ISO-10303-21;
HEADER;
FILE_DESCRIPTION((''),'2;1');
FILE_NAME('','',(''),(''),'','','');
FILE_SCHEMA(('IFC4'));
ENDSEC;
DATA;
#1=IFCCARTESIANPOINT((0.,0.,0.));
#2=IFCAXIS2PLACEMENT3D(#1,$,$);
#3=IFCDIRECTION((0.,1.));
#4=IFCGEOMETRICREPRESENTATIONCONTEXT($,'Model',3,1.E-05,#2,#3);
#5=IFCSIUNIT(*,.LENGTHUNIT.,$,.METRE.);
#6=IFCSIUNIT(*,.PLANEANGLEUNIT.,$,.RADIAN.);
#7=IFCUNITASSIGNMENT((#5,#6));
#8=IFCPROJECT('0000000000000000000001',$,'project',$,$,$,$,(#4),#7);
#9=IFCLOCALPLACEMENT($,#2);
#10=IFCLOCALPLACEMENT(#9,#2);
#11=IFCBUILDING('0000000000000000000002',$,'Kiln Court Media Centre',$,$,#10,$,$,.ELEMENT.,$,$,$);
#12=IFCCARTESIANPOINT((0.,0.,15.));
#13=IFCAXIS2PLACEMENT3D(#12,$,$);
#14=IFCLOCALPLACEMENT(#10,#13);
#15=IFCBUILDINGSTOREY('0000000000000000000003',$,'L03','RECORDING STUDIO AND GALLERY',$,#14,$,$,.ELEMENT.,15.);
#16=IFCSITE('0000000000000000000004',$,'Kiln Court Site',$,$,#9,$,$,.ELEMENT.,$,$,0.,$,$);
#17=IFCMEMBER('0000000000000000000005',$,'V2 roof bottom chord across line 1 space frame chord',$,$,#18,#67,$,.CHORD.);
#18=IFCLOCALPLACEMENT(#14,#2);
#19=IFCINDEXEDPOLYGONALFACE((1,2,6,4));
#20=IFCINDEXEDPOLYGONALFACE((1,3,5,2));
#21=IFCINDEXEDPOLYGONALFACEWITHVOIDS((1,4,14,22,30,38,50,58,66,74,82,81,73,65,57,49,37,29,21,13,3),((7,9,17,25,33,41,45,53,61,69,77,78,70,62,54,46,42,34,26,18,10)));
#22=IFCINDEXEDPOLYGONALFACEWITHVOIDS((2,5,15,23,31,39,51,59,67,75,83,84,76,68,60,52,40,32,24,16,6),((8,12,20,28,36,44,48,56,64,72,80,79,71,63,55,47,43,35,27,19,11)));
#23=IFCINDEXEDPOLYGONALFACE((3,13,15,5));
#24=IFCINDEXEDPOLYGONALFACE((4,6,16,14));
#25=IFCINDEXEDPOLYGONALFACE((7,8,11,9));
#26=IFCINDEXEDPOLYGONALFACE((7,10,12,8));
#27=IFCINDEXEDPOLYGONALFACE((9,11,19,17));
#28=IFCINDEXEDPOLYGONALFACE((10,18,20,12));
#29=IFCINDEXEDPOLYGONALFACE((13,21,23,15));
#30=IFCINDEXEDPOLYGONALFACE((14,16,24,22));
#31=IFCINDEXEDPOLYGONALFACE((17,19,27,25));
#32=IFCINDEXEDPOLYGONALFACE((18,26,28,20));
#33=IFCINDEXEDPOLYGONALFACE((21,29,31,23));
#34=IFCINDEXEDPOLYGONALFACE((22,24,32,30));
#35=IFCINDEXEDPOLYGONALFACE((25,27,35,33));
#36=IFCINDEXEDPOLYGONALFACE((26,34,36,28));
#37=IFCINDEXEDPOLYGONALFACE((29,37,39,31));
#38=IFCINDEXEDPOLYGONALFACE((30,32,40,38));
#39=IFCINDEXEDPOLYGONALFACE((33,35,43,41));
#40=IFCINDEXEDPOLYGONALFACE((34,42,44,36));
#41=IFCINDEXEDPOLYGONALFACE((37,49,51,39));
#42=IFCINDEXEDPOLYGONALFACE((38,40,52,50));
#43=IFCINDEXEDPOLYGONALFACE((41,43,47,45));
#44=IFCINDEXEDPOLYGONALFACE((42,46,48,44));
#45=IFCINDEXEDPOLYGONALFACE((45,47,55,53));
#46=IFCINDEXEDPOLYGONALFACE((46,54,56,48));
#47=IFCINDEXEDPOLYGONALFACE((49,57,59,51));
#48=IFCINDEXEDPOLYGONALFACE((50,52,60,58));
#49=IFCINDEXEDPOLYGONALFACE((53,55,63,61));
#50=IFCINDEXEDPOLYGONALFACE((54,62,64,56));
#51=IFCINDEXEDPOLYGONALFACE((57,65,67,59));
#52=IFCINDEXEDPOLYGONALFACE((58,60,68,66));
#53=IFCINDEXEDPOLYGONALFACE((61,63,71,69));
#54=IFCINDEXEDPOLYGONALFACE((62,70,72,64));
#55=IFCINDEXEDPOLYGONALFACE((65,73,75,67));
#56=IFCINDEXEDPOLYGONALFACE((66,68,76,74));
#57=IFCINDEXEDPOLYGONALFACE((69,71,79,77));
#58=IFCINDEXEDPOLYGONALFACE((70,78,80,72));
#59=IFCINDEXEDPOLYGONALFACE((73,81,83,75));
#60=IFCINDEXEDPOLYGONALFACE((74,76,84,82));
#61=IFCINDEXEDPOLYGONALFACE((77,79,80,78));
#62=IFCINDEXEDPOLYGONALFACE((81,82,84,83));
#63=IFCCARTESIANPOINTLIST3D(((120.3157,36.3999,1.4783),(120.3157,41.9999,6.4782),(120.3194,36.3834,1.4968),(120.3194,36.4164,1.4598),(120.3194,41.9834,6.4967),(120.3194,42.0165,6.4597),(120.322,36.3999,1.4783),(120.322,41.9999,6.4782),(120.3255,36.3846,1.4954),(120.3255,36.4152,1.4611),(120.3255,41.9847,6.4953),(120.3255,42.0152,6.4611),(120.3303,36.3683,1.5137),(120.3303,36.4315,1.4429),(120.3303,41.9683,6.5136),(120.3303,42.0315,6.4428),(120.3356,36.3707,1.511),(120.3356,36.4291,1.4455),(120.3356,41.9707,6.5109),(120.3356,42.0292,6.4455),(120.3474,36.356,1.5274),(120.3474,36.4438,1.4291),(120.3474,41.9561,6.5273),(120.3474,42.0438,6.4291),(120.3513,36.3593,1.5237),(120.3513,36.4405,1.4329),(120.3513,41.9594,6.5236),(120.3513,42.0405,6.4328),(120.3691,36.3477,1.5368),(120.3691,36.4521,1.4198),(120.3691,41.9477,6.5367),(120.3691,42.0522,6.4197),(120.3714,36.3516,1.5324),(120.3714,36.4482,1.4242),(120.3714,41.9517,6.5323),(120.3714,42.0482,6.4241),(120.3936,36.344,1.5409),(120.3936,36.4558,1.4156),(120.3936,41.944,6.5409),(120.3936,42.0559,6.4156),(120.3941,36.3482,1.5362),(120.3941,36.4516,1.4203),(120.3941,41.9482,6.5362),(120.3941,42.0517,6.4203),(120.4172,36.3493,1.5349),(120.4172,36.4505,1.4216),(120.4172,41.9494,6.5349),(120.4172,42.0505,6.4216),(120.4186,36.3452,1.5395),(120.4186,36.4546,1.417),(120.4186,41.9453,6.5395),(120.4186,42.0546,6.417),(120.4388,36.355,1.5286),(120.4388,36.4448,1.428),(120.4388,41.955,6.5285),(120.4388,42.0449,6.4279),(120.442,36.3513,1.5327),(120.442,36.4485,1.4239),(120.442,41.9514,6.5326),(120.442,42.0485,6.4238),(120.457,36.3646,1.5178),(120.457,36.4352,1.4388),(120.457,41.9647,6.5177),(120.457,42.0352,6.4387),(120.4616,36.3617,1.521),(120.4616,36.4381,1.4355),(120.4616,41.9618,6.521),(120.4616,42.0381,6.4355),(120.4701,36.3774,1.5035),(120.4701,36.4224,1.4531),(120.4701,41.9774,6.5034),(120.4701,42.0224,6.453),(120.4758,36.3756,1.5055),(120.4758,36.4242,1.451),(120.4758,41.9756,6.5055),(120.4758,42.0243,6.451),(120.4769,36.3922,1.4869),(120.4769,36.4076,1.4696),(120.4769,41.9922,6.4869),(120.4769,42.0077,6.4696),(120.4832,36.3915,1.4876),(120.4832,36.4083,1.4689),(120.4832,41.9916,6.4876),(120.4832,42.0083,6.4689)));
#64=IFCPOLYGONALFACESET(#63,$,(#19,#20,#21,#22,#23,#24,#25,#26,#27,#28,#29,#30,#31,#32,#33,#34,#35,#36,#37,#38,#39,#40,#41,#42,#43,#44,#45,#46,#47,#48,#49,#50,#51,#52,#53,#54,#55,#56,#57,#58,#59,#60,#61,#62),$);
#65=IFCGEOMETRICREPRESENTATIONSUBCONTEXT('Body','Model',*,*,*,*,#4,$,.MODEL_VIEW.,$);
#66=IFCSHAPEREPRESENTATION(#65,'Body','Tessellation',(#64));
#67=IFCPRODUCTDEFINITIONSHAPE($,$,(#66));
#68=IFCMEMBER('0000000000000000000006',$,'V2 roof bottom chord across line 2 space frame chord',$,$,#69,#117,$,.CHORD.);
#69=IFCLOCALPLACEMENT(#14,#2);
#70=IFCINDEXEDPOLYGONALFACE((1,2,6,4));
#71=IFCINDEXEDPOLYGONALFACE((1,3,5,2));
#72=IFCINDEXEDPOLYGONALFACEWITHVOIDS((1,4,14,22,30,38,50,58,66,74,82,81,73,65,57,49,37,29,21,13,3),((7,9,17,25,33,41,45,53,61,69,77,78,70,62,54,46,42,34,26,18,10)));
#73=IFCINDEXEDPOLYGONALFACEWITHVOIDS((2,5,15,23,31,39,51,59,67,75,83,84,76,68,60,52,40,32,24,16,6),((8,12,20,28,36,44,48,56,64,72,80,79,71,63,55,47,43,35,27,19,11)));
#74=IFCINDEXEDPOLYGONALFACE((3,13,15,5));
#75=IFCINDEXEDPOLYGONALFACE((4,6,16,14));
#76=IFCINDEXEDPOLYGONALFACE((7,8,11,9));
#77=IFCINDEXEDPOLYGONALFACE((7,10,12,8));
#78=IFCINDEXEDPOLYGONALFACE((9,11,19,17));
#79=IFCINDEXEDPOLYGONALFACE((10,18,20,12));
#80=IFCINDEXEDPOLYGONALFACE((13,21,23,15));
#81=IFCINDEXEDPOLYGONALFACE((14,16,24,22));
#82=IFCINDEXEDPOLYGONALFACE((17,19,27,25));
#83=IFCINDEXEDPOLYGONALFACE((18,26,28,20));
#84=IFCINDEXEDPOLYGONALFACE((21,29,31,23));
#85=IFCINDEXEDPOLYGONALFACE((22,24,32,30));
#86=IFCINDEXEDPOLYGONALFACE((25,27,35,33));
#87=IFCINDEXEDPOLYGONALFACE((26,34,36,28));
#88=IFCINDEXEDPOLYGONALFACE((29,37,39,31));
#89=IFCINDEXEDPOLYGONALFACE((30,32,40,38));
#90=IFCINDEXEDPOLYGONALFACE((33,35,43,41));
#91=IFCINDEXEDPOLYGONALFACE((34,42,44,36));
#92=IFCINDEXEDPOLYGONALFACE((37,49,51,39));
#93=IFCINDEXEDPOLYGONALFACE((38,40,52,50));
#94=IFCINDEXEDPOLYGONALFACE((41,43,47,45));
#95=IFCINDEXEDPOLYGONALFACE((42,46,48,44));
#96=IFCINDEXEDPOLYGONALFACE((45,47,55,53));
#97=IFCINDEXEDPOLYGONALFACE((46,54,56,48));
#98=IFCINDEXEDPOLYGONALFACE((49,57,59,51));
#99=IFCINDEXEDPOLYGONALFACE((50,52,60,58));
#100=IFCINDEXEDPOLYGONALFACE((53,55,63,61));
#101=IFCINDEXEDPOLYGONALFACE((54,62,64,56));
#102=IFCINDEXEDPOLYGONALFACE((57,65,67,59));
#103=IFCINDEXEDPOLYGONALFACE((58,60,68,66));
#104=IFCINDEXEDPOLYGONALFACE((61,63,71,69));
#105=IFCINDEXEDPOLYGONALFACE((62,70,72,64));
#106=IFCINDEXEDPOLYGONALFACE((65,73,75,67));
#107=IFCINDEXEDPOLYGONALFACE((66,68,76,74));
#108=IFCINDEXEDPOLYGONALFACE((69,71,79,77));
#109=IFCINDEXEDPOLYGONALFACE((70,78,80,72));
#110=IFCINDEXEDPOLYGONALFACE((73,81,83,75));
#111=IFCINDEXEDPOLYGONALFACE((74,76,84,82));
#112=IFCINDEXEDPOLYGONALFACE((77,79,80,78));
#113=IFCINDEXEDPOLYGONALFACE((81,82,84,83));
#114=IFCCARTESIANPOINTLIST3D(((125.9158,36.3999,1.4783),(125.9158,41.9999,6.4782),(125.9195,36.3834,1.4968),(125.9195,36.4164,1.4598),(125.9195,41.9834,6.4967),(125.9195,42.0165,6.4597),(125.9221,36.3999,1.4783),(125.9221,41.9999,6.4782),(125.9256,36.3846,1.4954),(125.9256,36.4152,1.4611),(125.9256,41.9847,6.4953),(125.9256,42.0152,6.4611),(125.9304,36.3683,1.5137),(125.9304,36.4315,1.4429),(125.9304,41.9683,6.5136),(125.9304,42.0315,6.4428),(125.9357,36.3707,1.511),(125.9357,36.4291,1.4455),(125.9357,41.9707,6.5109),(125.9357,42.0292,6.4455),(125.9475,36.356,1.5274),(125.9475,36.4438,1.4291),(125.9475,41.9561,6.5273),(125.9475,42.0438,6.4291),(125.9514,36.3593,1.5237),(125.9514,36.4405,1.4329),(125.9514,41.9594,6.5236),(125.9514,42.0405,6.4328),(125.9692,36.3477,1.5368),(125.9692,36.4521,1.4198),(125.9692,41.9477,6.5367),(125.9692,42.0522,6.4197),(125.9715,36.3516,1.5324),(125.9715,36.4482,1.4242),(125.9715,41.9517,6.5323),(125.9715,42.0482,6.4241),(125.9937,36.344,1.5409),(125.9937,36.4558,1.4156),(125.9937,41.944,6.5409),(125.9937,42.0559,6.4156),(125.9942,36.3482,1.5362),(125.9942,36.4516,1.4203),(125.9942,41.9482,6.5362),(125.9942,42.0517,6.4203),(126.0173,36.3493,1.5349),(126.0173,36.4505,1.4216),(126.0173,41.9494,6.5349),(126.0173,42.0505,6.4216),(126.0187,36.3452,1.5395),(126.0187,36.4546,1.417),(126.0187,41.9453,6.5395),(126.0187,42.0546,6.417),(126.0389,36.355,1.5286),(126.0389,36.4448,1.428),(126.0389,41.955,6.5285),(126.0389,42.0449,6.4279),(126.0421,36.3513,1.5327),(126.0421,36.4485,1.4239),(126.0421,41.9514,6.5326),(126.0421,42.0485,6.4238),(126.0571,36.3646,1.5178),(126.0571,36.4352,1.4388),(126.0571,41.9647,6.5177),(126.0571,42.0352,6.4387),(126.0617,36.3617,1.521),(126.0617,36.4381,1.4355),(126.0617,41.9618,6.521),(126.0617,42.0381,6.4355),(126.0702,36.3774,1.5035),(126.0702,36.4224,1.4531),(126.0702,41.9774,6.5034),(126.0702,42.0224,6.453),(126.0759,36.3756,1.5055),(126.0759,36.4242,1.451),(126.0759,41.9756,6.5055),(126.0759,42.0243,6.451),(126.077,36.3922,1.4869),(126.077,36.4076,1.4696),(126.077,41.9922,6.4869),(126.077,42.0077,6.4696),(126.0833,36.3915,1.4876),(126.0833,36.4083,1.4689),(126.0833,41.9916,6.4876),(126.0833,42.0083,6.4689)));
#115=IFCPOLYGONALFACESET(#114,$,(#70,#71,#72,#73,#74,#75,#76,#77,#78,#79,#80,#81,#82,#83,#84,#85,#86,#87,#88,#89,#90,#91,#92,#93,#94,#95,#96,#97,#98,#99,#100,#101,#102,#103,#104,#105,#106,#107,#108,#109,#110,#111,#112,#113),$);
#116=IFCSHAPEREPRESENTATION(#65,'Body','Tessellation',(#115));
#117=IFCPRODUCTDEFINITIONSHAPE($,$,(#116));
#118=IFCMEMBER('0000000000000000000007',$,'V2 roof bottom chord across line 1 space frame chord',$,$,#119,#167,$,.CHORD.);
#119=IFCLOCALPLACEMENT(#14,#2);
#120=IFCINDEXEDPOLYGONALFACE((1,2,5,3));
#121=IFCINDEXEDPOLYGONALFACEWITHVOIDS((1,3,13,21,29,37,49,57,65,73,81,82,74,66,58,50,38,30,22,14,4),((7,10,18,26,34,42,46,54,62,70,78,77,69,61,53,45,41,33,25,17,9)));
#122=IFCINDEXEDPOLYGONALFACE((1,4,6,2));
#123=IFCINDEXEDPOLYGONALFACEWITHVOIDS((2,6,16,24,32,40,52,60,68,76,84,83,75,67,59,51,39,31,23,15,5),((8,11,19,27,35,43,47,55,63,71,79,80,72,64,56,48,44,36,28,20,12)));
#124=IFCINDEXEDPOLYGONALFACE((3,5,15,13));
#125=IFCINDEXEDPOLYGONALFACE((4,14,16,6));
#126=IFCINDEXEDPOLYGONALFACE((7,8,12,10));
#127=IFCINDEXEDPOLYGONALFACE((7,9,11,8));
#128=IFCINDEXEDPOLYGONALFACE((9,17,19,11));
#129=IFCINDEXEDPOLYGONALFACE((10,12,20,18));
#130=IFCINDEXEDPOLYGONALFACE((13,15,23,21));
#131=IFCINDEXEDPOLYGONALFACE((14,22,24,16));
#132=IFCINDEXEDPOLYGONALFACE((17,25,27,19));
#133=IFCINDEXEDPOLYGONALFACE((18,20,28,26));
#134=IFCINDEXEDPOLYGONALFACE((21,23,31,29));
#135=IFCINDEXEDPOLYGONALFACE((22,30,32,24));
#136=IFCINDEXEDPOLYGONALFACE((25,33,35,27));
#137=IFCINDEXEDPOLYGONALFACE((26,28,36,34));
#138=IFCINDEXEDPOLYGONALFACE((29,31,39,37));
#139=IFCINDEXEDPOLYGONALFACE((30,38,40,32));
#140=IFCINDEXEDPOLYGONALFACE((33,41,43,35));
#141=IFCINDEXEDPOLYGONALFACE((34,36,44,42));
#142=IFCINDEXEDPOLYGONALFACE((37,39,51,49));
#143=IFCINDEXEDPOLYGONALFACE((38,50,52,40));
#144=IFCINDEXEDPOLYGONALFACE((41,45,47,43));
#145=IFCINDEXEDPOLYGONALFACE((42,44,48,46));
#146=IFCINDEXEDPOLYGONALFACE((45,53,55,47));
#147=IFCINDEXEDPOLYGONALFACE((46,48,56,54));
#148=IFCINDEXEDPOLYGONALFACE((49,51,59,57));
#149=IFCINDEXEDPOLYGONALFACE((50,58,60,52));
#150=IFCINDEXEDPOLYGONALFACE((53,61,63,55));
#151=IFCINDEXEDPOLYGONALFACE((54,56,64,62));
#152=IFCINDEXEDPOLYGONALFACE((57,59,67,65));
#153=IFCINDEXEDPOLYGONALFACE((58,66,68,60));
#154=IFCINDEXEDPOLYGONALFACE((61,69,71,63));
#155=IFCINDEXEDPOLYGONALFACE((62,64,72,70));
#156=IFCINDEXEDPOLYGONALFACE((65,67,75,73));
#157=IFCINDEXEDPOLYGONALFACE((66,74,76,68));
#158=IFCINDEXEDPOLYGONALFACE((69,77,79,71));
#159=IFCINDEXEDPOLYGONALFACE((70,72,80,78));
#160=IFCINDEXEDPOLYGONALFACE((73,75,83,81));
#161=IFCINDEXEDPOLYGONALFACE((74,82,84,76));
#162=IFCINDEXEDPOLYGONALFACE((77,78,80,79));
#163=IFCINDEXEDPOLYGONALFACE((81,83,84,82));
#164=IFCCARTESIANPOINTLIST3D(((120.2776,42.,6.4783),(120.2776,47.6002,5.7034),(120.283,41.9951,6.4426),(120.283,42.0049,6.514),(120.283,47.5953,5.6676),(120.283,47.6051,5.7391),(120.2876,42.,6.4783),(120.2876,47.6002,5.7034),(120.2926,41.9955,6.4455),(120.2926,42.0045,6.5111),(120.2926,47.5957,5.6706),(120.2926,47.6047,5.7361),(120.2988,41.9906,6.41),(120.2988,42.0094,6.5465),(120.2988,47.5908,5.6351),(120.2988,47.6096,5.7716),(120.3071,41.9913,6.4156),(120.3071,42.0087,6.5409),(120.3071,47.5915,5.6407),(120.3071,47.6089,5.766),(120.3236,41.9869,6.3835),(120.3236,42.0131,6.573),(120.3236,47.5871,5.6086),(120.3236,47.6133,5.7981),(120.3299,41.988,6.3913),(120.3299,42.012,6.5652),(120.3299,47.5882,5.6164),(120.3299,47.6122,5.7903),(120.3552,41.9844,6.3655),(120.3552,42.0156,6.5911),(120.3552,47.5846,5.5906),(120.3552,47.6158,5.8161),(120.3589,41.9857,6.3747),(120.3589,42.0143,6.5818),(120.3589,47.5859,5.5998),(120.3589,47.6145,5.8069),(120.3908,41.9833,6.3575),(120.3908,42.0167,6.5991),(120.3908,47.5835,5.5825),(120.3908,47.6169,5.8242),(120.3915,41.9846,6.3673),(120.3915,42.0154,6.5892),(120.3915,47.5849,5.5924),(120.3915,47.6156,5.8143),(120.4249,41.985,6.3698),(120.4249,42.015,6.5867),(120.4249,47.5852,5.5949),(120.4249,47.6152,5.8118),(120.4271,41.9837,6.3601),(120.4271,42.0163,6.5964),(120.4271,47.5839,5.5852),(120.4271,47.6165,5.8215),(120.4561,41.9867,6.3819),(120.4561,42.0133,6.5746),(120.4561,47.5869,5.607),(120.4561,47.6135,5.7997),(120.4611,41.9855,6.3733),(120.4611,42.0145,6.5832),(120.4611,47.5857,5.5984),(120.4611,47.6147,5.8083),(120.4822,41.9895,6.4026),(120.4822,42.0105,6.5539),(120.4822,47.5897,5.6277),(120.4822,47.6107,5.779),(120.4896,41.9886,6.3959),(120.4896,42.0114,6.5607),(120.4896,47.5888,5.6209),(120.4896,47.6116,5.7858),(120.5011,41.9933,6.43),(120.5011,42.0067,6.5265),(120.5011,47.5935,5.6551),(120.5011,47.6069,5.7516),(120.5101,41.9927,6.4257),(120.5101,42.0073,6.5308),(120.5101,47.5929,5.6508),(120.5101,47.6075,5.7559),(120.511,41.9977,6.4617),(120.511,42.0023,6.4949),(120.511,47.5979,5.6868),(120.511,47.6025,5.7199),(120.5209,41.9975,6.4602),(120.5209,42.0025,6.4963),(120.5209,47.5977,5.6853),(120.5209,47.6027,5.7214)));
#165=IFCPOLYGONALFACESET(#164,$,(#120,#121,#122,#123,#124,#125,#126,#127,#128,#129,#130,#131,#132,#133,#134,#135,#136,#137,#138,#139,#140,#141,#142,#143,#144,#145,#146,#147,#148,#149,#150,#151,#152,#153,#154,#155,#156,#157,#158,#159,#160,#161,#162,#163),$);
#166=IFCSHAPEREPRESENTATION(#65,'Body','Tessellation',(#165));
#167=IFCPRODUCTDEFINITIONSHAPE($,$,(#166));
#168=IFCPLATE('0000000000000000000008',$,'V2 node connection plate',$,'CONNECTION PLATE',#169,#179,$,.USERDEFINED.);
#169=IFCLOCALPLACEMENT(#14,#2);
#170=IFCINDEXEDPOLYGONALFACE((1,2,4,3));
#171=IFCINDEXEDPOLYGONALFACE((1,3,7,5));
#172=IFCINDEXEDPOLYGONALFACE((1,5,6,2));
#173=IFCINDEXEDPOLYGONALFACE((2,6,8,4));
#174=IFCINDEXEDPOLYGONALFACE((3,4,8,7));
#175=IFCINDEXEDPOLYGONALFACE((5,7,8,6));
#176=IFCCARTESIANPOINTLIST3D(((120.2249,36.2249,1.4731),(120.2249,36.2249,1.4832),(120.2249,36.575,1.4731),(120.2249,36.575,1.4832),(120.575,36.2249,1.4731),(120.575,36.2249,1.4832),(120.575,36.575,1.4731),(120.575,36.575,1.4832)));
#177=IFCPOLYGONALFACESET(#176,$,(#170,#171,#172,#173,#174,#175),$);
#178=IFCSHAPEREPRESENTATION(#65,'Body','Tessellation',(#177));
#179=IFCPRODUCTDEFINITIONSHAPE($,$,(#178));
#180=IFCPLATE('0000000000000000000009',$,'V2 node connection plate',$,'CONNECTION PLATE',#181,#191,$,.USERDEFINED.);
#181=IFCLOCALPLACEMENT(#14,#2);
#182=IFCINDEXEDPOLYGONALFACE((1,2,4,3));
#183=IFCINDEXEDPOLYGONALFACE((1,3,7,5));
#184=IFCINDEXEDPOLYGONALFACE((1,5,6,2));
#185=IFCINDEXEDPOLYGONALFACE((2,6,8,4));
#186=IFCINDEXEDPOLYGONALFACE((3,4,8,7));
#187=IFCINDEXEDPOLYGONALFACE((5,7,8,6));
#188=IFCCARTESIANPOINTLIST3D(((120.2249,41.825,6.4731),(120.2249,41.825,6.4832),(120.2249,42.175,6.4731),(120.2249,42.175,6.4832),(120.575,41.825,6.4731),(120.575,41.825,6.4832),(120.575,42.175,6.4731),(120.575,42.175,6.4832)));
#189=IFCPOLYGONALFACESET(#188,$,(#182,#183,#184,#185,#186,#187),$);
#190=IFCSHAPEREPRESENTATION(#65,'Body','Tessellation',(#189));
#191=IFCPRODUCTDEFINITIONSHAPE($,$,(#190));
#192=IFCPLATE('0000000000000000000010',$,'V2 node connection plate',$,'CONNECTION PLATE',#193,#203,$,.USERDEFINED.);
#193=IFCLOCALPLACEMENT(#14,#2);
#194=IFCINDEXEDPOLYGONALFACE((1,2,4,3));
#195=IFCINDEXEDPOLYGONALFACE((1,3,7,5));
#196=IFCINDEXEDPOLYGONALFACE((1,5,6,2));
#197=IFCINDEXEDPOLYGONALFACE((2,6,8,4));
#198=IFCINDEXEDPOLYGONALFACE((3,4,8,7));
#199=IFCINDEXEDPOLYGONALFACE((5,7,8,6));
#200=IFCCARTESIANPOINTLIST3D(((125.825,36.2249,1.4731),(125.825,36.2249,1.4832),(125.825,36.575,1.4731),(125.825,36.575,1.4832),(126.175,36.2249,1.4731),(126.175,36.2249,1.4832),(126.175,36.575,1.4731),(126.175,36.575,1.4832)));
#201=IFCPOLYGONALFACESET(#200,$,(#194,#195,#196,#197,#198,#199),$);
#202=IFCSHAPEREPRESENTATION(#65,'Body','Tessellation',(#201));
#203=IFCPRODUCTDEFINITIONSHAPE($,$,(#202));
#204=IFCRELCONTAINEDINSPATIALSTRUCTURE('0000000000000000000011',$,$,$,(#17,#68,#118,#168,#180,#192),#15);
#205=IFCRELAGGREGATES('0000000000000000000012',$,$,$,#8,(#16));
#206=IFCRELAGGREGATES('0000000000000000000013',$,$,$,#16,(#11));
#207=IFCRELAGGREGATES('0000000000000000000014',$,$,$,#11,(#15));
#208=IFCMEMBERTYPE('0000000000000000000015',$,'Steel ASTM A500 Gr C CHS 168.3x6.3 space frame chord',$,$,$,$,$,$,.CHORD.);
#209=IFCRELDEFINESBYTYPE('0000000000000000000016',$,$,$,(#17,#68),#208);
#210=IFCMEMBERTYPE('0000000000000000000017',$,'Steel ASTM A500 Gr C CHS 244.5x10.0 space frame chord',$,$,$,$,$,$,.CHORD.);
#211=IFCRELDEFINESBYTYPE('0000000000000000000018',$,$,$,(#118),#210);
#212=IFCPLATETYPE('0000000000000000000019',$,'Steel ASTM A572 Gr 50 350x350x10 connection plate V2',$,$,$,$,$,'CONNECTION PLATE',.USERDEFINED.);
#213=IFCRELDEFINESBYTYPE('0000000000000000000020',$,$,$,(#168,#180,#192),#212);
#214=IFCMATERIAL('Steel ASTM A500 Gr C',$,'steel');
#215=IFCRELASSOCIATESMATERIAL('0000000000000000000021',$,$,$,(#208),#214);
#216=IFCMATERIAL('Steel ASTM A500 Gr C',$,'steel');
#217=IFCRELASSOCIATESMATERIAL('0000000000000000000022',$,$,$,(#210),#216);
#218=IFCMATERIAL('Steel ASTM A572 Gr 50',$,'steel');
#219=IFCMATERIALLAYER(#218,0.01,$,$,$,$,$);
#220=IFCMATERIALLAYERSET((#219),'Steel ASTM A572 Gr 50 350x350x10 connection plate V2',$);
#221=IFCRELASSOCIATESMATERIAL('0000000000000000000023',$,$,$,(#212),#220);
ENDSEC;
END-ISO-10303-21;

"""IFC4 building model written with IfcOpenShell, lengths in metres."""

from ifc_helpers import new_model, si_unit, direction, frame, origin, origin_2d, place, context, subcontext, project, spatial, rectangle, hollow_circle, extrude, material, layer, layer_set, material_profile, profile_set, type_object, element, save


model = new_model("IFC4")

# Units and contexts
model_context = context("Model", 3, precision=1e-05, world=origin(), true_north=direction((0.0, 1.0)))
body_context = subcontext(model_context, "Body", "Model", "MODEL_VIEW")
ifc_project = project(units=[si_unit("LENGTHUNIT", "METRE"), si_unit("PLANEANGLEUNIT", "RADIAN")], contexts=[model_context])

# Site, building, storey
site_placement = place(None, origin())
site = spatial("IfcSite", under=ifc_project, at=site_placement, Name="Kiln Court Site", CompositionType="ELEMENT", RefElevation=0.0)
building_placement = place(site_placement, origin())
building = spatial("IfcBuilding", under=site, at=building_placement, Name="Kiln Court Media Centre", CompositionType="ELEMENT")
storey_placement = place(building_placement, frame((0.0, 0.0, 15.0)))
storey = spatial("IfcBuildingStorey", under=building, at=storey_placement, Name="L03", Description="RECORDING STUDIO AND GALLERY", CompositionType="ELEMENT", Elevation=15.0)

# Members
ifc_material_1 = material(Name="Steel ASTM A500 Gr C", Category="steel")
ifc_material_profile_1 = material_profile(ifc_material_1, hollow_circle(Radius=0.0842, WallThickness=0.0063, at=origin_2d()), Name="CHS 168.3x6.3")
ifc_profile_set_1 = profile_set([ifc_material_profile_1], Name="Steel ASTM A500 Gr C")
member_type_1 = type_object("IfcMemberType", Name="Steel ASTM A500 Gr C CHS 168.3x6.3 space frame chord", PredefinedType="CHORD", material=ifc_profile_set_1)
for number, where, z_axis, x_axis, name in (
    (1, (120.3999, 36.3999, 1.4783), (0.0, 0.745943, 0.666009), (-1.0, 0.0, 0.0), "V2 roof bottom chord across line 1 space frame chord"),
    (2, (126.0, 36.3999, 1.4783), (0.0, 0.745943, 0.666009), (-1.0, 0.0, 0.0), "V2 roof bottom chord across line 2 space frame chord"),
):
    element("IfcMember", number, at=place(storey_placement, frame(where, z_axis=z_axis, x_axis=x_axis)), inside=storey, type_object=member_type_1, Name=name, PredefinedType="CHORD", context=body_context, shape_type="SweptSolid", body=[
        extrude(hollow_circle(Radius=0.0842, WallThickness=0.0063, at=origin_2d()), origin(), (0.0, 0.0, 1.0), 7.5073),
    ])
ifc_material_2 = material(Name="Steel ASTM A500 Gr C", Category="steel")
ifc_material_profile_2 = material_profile(ifc_material_2, hollow_circle(Radius=0.1223, WallThickness=0.01, at=origin_2d()), Name="CHS 244.5x10.0")
ifc_profile_set_2 = profile_set([ifc_material_profile_2], Name="Steel ASTM A500 Gr C")
member_type_2 = type_object("IfcMemberType", Name="Steel ASTM A500 Gr C CHS 244.5x10.0 space frame chord", PredefinedType="CHORD", material=ifc_profile_set_2)
member_1_placement = place(storey_placement, frame((120.3999, 42.0, 6.4783), z_axis=(0.0, 0.990562, -0.137067), x_axis=(-1.0, 0.0, 0.0)))
element("IfcMember", 3, at=member_1_placement, inside=storey, type_object=member_type_2, Name="V2 roof bottom chord across line 1 space frame chord", PredefinedType="CHORD", context=body_context, shape_type="SweptSolid", body=[
    extrude(hollow_circle(Radius=0.1223, WallThickness=0.01, at=origin_2d()), origin(), (0.0, 0.0, 1.0), 5.6536),
])

# Plates
ifc_material_3 = material(Name="Steel ASTM A572 Gr 50", Category="steel")
ifc_layer = layer(ifc_material_3, 0.01)
ifc_layer_set = layer_set([ifc_layer], Name="Steel ASTM A572 Gr 50 350x350x10 connection plate V2")
plate_type = type_object("IfcPlateType", Name="Steel ASTM A572 Gr 50 350x350x10 connection plate V2", ElementType="CONNECTION PLATE", PredefinedType="USERDEFINED", material=ifc_layer_set)
for number, where, z_axis, x_axis, name in (
    (4, (120.3999, 36.3999, 1.4731), (0.0, 0.0, 1.0), (1.0, 0.0, 0.0), "V2 node connection plate"),
    (5, (120.3999, 42.0, 6.4731), (0.0, 0.0, 1.0), (1.0, 0.0, 0.0), "V2 node connection plate"),
    (6, (126.0, 36.3999, 1.4731), (0.0, 0.0, 1.0), (1.0, 0.0, 0.0), "V2 node connection plate"),
):
    element("IfcPlate", number, at=place(storey_placement, frame(where, z_axis=z_axis, x_axis=x_axis)), inside=storey, type_object=plate_type, Name=name, ObjectType="CONNECTION PLATE", PredefinedType="USERDEFINED", context=body_context, shape_type="SweptSolid", body=[
        extrude(rectangle(XDim=0.3501, YDim=0.3501, at=origin_2d()), origin(), (0.0, 0.0, 1.0), 0.01),
    ])

save(model, "model.ifc")
